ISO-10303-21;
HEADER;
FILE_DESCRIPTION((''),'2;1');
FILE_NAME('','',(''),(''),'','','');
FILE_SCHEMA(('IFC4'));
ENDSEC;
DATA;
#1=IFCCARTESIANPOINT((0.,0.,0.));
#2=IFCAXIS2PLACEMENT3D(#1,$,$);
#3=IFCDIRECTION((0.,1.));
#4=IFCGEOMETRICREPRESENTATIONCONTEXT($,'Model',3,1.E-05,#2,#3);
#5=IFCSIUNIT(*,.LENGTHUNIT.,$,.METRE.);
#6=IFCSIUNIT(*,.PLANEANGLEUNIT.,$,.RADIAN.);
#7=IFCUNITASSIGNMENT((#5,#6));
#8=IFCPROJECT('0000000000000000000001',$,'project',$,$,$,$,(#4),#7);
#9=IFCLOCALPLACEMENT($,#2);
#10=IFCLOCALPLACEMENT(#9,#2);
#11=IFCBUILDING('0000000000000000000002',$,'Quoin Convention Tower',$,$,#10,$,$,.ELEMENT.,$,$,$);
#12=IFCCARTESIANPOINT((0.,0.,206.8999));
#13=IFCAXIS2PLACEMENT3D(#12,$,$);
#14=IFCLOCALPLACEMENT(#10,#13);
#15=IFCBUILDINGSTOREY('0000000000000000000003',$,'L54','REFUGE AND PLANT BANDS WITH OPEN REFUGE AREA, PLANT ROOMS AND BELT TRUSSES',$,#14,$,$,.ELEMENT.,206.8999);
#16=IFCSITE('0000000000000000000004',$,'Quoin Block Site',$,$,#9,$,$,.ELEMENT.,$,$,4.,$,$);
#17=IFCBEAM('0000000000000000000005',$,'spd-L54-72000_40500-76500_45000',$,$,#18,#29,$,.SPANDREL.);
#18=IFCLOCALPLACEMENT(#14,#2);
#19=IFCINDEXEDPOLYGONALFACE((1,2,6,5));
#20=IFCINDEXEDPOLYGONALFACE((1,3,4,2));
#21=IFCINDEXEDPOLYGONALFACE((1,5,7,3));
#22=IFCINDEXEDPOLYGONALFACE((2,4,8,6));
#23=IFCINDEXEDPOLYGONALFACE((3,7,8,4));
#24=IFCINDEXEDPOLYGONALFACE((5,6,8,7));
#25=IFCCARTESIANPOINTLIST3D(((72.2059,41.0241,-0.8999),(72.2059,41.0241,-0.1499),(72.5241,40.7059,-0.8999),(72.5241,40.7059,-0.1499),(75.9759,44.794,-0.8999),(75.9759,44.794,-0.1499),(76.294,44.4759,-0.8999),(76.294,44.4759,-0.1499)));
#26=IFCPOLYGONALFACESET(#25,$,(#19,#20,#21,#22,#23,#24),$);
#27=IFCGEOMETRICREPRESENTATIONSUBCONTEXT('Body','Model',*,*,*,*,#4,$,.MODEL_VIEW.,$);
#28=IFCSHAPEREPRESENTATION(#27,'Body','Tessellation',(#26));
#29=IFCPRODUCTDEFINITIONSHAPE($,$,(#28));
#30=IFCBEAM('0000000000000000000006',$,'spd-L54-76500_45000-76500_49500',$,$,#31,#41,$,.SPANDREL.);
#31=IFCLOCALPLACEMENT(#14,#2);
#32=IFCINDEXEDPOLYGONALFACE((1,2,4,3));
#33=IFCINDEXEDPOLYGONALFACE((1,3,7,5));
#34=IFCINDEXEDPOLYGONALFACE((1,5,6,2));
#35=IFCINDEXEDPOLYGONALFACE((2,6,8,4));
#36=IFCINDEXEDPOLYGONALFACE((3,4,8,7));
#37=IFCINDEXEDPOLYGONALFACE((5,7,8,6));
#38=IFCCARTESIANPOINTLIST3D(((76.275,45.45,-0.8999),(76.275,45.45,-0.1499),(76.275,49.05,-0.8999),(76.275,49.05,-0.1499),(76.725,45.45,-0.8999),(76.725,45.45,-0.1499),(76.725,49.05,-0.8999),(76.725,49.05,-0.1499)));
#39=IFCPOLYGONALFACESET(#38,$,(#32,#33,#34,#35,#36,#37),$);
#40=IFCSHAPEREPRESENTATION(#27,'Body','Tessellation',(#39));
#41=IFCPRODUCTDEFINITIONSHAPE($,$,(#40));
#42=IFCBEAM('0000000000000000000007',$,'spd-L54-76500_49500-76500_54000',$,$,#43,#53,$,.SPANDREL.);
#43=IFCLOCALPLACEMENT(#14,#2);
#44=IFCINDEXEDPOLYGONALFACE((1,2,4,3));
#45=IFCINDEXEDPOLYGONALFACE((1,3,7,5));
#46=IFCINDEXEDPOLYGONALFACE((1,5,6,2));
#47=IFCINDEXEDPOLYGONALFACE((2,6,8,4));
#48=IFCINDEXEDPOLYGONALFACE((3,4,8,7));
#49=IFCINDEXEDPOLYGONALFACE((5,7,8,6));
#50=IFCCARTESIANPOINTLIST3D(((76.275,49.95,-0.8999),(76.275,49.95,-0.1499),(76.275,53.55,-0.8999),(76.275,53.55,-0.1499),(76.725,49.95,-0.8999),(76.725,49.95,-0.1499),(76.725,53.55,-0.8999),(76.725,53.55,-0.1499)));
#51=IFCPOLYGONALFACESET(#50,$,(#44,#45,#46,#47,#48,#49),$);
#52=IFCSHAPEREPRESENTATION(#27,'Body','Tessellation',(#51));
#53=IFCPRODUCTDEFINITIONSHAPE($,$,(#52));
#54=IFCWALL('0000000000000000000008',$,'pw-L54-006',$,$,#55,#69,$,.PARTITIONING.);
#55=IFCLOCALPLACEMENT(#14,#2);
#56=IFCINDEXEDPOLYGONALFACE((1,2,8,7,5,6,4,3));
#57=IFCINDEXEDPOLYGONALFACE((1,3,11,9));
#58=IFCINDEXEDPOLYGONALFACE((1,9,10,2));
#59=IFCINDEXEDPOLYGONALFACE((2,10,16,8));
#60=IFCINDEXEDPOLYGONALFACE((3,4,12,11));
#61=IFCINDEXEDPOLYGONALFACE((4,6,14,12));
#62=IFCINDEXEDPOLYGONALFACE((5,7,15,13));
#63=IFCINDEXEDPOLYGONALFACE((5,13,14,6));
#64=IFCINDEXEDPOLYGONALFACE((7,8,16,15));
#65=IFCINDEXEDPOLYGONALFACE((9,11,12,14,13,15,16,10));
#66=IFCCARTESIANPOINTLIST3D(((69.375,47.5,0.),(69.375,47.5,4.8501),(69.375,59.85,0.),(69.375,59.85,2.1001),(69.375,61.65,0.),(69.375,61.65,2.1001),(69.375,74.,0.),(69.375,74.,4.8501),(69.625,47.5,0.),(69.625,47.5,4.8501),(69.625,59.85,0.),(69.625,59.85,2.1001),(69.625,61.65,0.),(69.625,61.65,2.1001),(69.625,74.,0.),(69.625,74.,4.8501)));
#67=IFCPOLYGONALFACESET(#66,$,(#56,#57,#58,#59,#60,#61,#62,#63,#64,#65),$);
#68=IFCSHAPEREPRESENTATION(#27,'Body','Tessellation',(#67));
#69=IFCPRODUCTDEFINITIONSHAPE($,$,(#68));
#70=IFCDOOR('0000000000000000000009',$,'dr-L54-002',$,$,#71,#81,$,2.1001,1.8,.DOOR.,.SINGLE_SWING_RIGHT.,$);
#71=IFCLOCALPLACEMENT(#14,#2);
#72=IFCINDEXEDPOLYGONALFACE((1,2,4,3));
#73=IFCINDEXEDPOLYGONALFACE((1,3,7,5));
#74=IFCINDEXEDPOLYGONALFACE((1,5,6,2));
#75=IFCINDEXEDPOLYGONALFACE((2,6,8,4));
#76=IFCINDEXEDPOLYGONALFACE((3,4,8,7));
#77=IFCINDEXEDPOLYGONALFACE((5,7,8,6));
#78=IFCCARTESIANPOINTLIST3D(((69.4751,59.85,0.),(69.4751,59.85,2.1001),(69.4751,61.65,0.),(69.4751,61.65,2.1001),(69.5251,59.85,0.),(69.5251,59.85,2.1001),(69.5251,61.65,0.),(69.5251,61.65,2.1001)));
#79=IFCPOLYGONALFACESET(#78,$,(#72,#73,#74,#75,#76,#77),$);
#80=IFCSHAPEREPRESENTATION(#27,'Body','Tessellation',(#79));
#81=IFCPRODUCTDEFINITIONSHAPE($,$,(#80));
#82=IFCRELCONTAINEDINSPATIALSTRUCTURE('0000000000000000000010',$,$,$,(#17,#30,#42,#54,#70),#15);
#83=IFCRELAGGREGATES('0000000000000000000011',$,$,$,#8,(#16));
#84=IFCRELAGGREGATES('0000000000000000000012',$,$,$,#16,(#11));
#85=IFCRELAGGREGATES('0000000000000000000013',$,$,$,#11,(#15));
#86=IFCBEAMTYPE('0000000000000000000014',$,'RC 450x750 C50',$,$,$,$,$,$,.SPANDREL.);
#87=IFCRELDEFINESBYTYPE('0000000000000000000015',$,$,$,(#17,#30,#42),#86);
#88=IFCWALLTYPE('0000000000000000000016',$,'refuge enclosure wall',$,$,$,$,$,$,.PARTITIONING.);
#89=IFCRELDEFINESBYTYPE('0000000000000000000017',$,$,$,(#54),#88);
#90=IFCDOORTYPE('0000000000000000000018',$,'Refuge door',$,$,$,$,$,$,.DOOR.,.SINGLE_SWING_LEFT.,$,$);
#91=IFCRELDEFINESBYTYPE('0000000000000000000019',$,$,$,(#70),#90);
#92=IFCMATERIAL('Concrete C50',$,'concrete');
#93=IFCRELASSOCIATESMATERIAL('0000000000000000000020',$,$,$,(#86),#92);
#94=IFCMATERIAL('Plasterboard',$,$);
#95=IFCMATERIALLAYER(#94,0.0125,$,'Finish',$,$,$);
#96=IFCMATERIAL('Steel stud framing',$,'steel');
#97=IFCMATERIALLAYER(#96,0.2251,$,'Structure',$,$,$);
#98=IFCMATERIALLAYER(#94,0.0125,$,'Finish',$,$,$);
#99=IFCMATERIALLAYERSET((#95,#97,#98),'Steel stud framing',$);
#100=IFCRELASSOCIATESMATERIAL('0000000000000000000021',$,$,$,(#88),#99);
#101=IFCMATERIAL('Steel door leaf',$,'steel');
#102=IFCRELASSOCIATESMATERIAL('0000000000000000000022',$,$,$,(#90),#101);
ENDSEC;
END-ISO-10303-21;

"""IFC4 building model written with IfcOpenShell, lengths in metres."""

from ifc_helpers import new_model, si_unit, direction, frame, frame_2d, origin, origin_2d, place, context, subcontext, project, spatial, rectangle, extrude, material, layer, layer_set, material_profile, profile_set, type_object, element, fill, save


model = new_model("IFC4")

# Units and contexts
model_context = context("Model", 3, precision=1e-05, world=origin(), true_north=direction((0.0, 1.0)))
body_context = subcontext(model_context, "Body", "Model", "MODEL_VIEW")
ifc_project = project(units=[si_unit("LENGTHUNIT", "METRE"), si_unit("PLANEANGLEUNIT", "RADIAN")], contexts=[model_context])

# Site, building, storey
site_placement = place(None, origin())
site = spatial("IfcSite", under=ifc_project, at=site_placement, Name="Quoin Block Site", CompositionType="ELEMENT", RefElevation=4.0)
building_placement = place(site_placement, origin())
building = spatial("IfcBuilding", under=site, at=building_placement, Name="Quoin Convention Tower", CompositionType="ELEMENT")
storey_placement = place(building_placement, frame((0.0, 0.0, 206.8999)))
storey = spatial("IfcBuildingStorey", under=building, at=storey_placement, Name="L54", Description="REFUGE AND PLANT BANDS WITH OPEN REFUGE AREA, PLANT ROOMS AND BELT TRUSSES", CompositionType="ELEMENT", Elevation=206.8999)

# Shared definitions
ifc_material_1 = material(Name="Concrete C50", Category="concrete")

# Beams
ifc_material_profile_1 = material_profile(ifc_material_1, rectangle(XDim=0.45, YDim=0.75, at=origin_2d()), Name="RC 450x750")
ifc_profile_set_1 = profile_set([ifc_material_profile_1], Name="Concrete C50")
beam_type_1 = type_object("IfcBeamType", Name="RC 450x750 C50", PredefinedType="SPANDREL", material=ifc_profile_set_1)
beam_1_placement = place(storey_placement, frame((72.365, 40.865, -0.5249), z_axis=(0.707107, 0.707107, 0.0), x_axis=(-0.707107, 0.707107, 0.0)))
element("IfcBeam", 1, at=beam_1_placement, inside=storey, type_object=beam_type_1, Name="spd-L54-72000_40500-76500_45000", PredefinedType="SPANDREL", context=body_context, shape_type="SweptSolid", body=[
    extrude(rectangle(XDim=0.45, YDim=0.75, at=origin_2d()), origin(), (0.0, 0.0, 1.0), 5.3315),
])
for number, where, z_axis, x_axis, name in (
    (2, (76.5, 45.45, -0.5249), (0.0, 1.0, 0.0), (-1.0, 0.0, 0.0), "spd-L54-76500_45000-76500_49500"),
    (3, (76.5, 49.95, -0.5249), (0.0, 1.0, 0.0), (-1.0, 0.0, 0.0), "spd-L54-76500_49500-76500_54000"),
):
    element("IfcBeam", number, at=place(storey_placement, frame(where, z_axis=z_axis, x_axis=x_axis)), inside=storey, type_object=beam_type_1, Name=name, PredefinedType="SPANDREL", context=body_context, shape_type="SweptSolid", body=[
        extrude(rectangle(XDim=0.45, YDim=0.75, at=origin_2d()), origin(), (0.0, 0.0, 1.0), 3.6001),
    ])

# Wall, opening, door
ifc_material_2 = material(Name="Plasterboard")
ifc_layer_1 = layer(ifc_material_2, 0.0125, Name="Finish")
ifc_material_3 = material(Name="Steel stud framing", Category="steel")
ifc_layer_2 = layer(ifc_material_3, 0.2251, Name="Structure")
ifc_layer_3 = layer(ifc_material_2, 0.0125, Name="Finish")
ifc_layer_set = layer_set([ifc_layer_1, ifc_layer_2, ifc_layer_3], Name="Steel stud framing")
wall_type = type_object("IfcWallType", Name="refuge enclosure wall", PredefinedType="PARTITIONING", material=ifc_layer_set)
wall_placement = place(storey_placement, frame((69.5, 47.5, 0.0), z_axis=(0.0, 0.0, 1.0), x_axis=(0.0, 1.0, 0.0)))
wall = element("IfcWall", 4, at=wall_placement, inside=storey, type_object=wall_type, Name="pw-L54-006", PredefinedType="PARTITIONING", context=body_context, shape_type="SweptSolid", body=[
    extrude(rectangle(XDim=26.5, YDim=0.25, at=frame_2d((13.25, 0.0))), origin(), (0.0, 0.0, 1.0), 4.8501),
])
opening_placement = place(wall_placement, frame((12.3501, 0.0, 0.0)))
opening = element("IfcOpeningElement", 5, at=opening_placement, cuts=wall, PredefinedType="OPENING", context=body_context, shape_type="SweptSolid", body=[
    extrude(rectangle(XDim=1.8, YDim=2.1001, at=frame_2d((0.8999, 1.05))), frame((0.0, 0.135, 0.0), z_axis=(0.0, -1.0, 0.0), x_axis=(1.0, 0.0, 0.0)), (0.0, 0.0, 1.0), 0.27),
])
ifc_material_4 = material(Name="Steel door leaf", Category="steel")
door_type = type_object("IfcDoorType", Name="Refuge door", OperationType="SINGLE_SWING_LEFT", PredefinedType="DOOR", material=ifc_material_4)
door_placement = place(opening_placement, origin())
door = element("IfcDoor", 6, at=door_placement, inside=storey, type_object=door_type, Name="dr-L54-002", OperationType="SINGLE_SWING_RIGHT", OverallHeight=2.1001, OverallWidth=1.8, PredefinedType="DOOR", context=body_context, shape_type="SweptSolid", body=[
    extrude(rectangle(XDim=1.8, YDim=2.1001, at=frame_2d((0.8999, 1.05))), frame((0.0, 0.0249, 0.0), z_axis=(0.0, -1.0, 0.0), x_axis=(1.0, 0.0, 0.0)), (0.0, 0.0, 1.0), 0.05),
])
fill(opening, door)

save(model, "model.ifc")
